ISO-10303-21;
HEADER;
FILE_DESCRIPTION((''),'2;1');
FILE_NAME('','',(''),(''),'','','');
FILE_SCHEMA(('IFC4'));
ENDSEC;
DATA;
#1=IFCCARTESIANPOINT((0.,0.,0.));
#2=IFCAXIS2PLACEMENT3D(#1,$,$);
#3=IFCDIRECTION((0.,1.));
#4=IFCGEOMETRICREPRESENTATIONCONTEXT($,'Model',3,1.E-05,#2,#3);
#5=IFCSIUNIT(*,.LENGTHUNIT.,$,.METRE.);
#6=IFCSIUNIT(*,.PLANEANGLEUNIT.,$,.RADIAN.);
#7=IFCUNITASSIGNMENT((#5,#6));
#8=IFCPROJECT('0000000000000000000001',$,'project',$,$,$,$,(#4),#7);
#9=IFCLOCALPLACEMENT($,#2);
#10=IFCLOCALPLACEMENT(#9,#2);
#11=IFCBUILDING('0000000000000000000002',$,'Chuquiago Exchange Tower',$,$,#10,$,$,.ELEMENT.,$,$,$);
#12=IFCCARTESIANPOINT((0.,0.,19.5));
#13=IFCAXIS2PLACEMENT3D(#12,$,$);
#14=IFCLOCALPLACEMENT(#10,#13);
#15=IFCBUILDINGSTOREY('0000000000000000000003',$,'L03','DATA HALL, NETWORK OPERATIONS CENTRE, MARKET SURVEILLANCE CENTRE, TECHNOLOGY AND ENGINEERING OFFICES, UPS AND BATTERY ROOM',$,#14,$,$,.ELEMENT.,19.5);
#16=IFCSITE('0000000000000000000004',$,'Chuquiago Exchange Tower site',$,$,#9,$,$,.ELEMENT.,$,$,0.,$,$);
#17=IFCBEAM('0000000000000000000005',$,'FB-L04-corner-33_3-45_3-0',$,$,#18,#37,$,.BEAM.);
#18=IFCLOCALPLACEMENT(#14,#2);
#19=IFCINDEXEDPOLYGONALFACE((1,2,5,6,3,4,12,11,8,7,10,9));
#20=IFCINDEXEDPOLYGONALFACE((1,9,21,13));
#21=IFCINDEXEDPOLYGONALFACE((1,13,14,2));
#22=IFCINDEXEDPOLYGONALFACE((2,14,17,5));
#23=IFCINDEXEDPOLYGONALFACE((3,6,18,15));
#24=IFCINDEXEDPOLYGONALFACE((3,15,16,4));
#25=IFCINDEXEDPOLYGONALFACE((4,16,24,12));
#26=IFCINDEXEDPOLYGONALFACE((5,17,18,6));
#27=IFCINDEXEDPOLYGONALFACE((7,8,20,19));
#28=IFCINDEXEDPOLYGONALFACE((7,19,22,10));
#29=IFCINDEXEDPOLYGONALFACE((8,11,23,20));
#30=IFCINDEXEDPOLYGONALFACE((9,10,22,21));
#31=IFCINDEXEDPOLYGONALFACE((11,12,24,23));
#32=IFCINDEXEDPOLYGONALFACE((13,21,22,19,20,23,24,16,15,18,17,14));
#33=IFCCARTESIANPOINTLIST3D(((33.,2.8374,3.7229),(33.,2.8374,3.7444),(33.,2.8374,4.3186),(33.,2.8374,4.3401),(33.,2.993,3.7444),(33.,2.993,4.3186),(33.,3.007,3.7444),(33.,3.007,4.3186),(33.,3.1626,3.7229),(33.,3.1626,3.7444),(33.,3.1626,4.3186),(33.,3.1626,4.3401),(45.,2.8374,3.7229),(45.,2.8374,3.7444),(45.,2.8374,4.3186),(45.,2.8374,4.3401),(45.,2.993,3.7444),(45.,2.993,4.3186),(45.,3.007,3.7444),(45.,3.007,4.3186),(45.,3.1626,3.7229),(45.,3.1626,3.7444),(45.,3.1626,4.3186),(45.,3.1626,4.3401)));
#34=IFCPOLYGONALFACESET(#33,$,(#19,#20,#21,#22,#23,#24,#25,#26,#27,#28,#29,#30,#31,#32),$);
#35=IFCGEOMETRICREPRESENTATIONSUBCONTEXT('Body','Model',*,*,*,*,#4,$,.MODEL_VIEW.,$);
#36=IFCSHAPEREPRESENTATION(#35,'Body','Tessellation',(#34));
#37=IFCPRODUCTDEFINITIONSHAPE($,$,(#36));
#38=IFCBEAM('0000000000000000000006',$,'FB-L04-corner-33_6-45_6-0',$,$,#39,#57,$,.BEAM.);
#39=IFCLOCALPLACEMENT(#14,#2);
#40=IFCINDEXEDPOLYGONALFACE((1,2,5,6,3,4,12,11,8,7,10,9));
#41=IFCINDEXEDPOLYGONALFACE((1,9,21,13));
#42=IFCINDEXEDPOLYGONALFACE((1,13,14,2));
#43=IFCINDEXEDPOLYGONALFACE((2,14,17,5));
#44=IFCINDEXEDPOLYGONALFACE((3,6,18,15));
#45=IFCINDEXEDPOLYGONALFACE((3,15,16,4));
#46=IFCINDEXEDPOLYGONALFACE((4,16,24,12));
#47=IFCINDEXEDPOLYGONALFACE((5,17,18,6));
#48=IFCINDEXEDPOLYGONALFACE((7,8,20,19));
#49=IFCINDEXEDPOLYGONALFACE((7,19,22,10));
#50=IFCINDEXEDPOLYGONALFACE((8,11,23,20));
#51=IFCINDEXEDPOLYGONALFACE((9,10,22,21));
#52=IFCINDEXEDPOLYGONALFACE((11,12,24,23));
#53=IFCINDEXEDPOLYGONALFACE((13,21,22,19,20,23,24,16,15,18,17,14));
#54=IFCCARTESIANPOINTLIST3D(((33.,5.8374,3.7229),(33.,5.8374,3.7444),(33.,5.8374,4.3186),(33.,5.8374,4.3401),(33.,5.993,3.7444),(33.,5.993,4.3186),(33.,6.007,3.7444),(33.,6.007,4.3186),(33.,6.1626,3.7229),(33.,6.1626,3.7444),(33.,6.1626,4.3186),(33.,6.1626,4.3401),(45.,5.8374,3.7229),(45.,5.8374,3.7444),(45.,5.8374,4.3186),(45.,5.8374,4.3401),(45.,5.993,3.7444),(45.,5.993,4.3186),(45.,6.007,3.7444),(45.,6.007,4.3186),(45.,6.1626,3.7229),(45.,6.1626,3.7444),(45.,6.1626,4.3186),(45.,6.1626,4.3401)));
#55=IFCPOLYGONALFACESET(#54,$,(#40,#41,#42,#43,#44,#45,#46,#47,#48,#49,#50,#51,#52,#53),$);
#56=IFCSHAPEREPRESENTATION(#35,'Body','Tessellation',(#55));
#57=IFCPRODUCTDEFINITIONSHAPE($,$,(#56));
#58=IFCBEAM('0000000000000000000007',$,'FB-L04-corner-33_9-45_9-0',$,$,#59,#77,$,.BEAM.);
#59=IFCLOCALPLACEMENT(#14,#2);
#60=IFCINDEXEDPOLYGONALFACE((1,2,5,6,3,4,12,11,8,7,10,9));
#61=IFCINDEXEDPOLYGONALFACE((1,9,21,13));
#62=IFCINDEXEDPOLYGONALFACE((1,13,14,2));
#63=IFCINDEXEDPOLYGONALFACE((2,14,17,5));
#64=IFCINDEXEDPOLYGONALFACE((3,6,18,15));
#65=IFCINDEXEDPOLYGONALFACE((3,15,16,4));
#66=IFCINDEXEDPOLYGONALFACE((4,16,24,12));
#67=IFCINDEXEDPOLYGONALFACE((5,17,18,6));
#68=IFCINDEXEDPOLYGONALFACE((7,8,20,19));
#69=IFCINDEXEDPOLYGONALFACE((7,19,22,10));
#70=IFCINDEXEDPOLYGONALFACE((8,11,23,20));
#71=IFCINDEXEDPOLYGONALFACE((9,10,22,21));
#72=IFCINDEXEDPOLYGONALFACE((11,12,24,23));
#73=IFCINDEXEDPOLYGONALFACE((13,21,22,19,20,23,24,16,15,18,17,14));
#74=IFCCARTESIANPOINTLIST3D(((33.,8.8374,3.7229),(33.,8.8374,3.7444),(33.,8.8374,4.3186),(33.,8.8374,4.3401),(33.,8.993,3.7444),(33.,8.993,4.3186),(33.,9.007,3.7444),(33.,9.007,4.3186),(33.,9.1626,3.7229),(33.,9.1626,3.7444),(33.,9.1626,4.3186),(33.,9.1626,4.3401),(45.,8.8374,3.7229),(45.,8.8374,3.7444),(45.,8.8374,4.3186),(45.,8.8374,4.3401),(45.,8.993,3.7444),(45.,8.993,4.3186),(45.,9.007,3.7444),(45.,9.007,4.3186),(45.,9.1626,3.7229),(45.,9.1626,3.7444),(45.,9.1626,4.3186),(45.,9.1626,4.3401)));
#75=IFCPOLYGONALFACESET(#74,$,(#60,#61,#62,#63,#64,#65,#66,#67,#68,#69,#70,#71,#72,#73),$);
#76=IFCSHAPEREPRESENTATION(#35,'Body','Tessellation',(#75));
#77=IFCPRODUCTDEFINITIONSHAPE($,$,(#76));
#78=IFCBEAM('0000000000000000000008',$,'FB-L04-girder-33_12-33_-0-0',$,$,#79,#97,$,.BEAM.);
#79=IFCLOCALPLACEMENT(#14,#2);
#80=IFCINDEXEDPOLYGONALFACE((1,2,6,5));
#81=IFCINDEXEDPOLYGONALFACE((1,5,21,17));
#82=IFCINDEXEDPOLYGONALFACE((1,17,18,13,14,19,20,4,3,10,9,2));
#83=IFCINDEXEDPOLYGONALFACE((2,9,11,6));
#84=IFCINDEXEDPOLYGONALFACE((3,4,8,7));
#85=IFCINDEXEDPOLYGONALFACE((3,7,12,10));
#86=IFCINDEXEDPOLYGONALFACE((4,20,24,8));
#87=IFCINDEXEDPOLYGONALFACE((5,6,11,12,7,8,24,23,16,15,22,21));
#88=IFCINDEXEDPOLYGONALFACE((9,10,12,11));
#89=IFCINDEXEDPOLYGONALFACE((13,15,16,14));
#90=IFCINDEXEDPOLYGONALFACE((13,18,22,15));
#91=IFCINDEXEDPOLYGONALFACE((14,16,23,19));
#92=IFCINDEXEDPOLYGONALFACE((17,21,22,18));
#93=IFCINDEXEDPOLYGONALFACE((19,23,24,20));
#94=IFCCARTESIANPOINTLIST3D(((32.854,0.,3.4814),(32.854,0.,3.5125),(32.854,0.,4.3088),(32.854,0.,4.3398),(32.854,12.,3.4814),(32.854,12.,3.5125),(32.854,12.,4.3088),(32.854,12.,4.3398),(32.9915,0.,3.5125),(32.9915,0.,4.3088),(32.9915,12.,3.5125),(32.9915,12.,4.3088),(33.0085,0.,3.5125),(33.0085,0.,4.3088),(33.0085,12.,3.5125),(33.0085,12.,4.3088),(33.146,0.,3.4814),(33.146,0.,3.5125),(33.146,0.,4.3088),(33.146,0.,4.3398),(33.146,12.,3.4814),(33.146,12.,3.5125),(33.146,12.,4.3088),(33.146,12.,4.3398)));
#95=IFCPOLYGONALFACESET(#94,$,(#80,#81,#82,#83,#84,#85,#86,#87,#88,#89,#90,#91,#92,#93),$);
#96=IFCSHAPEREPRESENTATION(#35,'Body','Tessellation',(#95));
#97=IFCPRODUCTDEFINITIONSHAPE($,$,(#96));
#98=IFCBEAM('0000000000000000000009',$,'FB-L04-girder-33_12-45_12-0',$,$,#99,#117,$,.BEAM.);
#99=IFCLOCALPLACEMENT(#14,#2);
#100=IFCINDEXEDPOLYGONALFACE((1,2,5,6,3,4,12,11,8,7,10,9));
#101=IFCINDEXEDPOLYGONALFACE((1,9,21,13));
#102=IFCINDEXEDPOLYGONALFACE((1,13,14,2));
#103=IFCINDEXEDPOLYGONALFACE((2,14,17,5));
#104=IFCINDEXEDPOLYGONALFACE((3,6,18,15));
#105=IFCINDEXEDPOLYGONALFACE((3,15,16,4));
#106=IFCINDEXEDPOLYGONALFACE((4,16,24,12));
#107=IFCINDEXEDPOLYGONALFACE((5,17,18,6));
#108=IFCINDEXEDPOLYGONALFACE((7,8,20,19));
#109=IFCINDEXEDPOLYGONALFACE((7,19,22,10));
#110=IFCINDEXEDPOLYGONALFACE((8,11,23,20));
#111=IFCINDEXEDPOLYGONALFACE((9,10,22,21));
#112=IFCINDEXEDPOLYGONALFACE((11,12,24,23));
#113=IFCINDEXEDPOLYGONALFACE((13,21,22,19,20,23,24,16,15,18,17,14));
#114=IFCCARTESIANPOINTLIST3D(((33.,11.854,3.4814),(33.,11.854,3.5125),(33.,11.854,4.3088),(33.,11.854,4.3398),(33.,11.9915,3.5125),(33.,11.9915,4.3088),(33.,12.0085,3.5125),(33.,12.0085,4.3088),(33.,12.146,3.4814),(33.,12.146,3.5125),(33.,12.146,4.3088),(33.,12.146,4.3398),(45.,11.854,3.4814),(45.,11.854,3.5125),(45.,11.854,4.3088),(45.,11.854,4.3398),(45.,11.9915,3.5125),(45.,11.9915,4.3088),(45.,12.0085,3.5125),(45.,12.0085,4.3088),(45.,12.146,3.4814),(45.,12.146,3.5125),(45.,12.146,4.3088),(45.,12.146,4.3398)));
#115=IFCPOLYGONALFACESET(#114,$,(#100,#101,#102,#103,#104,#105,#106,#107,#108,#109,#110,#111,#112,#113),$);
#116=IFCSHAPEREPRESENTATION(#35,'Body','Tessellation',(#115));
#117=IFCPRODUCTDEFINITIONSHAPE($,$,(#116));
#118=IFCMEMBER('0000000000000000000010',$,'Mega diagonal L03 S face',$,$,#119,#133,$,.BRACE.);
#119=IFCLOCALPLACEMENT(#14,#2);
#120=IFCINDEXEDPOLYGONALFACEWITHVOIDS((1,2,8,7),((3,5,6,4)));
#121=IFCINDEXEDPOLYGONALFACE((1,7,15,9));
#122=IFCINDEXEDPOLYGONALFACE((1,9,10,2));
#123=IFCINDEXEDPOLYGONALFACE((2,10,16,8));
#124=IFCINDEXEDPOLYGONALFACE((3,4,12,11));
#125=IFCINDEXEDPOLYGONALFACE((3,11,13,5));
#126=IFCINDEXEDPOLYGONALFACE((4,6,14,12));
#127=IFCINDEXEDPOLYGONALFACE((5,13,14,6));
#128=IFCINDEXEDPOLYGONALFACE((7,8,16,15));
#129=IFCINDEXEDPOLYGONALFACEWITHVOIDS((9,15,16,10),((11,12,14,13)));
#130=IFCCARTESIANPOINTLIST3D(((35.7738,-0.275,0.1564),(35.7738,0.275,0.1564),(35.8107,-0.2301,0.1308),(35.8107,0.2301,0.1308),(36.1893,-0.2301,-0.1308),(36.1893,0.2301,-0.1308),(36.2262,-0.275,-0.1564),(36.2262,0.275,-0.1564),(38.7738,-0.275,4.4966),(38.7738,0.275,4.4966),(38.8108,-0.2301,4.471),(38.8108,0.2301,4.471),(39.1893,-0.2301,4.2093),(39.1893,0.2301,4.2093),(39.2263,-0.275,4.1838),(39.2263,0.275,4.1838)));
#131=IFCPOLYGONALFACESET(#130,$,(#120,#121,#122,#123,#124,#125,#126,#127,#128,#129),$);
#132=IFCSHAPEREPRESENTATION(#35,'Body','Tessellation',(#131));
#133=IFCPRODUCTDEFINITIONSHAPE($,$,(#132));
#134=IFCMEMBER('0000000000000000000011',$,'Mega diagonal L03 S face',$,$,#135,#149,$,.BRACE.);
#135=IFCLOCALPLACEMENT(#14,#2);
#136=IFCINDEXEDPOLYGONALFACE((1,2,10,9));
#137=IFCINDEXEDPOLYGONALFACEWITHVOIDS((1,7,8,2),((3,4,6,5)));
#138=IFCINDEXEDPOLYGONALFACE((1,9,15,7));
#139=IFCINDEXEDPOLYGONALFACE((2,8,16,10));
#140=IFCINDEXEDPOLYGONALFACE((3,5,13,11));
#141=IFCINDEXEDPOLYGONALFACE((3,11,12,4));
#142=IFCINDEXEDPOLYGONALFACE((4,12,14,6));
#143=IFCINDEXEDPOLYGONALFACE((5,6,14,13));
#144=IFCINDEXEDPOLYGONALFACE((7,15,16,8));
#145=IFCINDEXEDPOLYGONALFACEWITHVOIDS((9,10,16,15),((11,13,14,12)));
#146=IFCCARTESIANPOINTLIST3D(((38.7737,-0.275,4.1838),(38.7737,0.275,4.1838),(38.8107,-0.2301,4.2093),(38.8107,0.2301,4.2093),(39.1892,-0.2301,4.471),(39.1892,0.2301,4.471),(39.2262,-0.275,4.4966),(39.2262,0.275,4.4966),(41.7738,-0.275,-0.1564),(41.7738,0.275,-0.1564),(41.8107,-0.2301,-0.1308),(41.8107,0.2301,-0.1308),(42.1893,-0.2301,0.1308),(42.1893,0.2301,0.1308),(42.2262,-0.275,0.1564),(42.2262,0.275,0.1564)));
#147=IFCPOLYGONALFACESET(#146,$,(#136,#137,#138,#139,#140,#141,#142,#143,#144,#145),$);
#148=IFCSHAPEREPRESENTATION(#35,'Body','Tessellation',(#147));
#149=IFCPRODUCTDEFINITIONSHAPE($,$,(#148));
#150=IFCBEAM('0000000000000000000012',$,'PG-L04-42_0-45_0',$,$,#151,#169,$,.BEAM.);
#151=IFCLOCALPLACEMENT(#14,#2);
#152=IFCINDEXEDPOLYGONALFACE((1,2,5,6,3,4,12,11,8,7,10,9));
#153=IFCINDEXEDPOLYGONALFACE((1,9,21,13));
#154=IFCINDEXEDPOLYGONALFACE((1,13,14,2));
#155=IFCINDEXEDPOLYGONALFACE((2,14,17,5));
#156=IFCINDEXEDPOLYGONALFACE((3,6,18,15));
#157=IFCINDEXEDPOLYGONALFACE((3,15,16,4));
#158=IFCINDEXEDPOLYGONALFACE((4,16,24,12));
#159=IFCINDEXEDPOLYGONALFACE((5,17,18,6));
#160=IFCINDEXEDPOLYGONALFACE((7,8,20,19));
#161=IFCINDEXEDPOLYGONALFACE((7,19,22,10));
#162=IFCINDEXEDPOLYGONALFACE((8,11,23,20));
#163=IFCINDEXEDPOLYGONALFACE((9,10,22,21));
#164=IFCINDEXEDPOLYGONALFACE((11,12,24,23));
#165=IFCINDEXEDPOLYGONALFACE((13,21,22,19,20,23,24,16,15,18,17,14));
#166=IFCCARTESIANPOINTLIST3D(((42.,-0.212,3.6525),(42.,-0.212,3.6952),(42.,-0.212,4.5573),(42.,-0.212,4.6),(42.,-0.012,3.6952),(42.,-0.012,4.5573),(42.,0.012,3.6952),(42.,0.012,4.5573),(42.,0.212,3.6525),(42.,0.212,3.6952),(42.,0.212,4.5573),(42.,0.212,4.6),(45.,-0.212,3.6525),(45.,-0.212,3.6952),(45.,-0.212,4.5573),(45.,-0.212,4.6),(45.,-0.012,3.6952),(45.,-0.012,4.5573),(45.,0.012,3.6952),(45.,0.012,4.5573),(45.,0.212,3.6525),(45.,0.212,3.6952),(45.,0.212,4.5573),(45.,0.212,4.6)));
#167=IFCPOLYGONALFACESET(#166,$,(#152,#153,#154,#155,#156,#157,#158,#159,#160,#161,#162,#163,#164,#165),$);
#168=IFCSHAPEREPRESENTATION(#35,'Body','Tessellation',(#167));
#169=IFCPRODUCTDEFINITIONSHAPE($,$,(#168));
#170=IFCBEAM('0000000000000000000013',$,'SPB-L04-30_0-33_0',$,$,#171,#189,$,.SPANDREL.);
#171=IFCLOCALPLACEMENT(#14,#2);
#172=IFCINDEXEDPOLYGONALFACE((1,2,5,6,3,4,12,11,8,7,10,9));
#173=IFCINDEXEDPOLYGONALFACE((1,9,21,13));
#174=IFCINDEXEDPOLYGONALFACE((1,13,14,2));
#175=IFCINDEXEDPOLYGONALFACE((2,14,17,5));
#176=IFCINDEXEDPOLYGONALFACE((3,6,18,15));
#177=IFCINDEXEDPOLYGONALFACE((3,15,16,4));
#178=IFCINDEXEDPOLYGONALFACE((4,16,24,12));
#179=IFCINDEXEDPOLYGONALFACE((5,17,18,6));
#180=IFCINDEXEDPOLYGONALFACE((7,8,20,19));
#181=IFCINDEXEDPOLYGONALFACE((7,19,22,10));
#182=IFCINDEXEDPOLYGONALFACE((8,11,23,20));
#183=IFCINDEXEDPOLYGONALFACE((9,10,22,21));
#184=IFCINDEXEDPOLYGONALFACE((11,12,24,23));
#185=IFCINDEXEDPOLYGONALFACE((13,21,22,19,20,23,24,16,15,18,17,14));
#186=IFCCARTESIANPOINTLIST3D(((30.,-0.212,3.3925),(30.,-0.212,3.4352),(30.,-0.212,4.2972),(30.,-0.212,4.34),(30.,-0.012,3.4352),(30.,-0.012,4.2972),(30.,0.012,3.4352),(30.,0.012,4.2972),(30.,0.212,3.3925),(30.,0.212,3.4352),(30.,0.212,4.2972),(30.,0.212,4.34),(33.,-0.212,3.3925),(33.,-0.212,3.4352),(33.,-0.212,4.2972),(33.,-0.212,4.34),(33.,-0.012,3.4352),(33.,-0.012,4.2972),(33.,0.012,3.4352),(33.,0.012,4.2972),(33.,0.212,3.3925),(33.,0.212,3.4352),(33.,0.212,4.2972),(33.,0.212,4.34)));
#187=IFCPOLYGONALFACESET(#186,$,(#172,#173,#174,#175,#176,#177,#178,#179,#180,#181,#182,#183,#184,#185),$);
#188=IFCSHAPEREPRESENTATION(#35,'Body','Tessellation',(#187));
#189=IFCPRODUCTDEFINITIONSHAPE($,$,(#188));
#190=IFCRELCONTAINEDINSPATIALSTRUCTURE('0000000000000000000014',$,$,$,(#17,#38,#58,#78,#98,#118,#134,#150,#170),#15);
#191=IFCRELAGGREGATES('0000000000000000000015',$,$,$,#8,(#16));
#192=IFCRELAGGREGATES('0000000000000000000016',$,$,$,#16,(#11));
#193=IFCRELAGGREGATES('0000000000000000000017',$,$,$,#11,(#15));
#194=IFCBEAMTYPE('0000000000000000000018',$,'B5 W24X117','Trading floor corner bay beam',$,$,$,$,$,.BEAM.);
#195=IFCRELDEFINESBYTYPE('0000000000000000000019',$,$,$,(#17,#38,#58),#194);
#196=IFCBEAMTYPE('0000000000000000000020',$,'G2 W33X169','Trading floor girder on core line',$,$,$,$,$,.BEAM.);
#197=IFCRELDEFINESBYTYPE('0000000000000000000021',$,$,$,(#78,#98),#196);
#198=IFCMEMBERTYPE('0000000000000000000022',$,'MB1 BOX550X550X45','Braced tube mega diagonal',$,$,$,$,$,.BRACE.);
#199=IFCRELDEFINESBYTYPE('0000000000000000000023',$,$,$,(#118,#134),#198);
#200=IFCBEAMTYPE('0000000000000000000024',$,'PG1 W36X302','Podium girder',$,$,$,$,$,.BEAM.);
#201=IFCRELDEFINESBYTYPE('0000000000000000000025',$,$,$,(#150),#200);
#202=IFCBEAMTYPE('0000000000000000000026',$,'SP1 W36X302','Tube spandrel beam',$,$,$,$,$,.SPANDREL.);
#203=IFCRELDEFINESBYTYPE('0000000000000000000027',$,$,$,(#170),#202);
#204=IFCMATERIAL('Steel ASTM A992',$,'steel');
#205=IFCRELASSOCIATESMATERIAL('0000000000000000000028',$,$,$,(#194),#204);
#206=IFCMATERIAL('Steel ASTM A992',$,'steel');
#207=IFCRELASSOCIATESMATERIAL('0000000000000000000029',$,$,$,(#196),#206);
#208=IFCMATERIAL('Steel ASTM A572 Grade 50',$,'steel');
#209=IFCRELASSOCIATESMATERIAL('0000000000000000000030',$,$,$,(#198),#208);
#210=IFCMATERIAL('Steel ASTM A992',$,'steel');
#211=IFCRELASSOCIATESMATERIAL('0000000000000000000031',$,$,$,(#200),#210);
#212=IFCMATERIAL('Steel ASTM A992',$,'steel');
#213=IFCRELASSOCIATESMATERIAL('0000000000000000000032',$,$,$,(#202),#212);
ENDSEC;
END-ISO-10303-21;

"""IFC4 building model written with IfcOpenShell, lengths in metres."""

from ifc_helpers import new_model, si_unit, direction, frame, origin, origin_2d, place, context, subcontext, project, spatial, hollow_rectangle, i_section, extrude, material, material_profile, profile_set, type_object, element, save


model = new_model("IFC4")

# Units and contexts
model_context = context("Model", 3, precision=1e-05, world=origin(), true_north=direction((0.0, 1.0)))
body_context = subcontext(model_context, "Body", "Model", "MODEL_VIEW")
ifc_project = project(units=[si_unit("LENGTHUNIT", "METRE"), si_unit("PLANEANGLEUNIT", "RADIAN")], contexts=[model_context])

# Site, building, storey
site_placement = place(None, origin())
site = spatial("IfcSite", under=ifc_project, at=site_placement, Name="Chuquiago Exchange Tower site", CompositionType="ELEMENT", RefElevation=0.0)
building_placement = place(site_placement, origin())
building = spatial("IfcBuilding", under=site, at=building_placement, Name="Chuquiago Exchange Tower", CompositionType="ELEMENT")
storey_placement = place(building_placement, frame((0.0, 0.0, 19.5)))
storey = spatial("IfcBuildingStorey", under=building, at=storey_placement, Name="L03", Description="DATA HALL, NETWORK OPERATIONS CENTRE, MARKET SURVEILLANCE CENTRE, TECHNOLOGY AND ENGINEERING OFFICES, UPS AND BATTERY ROOM", CompositionType="ELEMENT", Elevation=19.5)

# Beams
ifc_material_1 = material(Name="Steel ASTM A992", Category="steel")
ifc_material_profile_1 = material_profile(ifc_material_1, i_section(OverallWidth=0.3252, OverallDepth=0.6172, WebThickness=0.0139, FlangeThickness=0.0215, at=origin_2d()), Name="W24X117")
ifc_profile_set_1 = profile_set([ifc_material_profile_1], Name="Steel ASTM A992")
beam_type_1 = type_object("IfcBeamType", Name="B5 W24X117", Description="Trading floor corner bay beam", PredefinedType="BEAM", material=ifc_profile_set_1)
for number, where, z_axis, x_axis, name in (
    (1, (33.0, 3.0, 4.0315), (1.0, 0.0, 0.0), (0.0, 1.0, 0.0), "FB-L04-corner-33_3-45_3-0"),
    (2, (33.0, 6.0, 4.0315), (1.0, 0.0, 0.0), (0.0, 1.0, 0.0), "FB-L04-corner-33_6-45_6-0"),
    (3, (33.0, 9.0, 4.0315), (1.0, 0.0, 0.0), (0.0, 1.0, 0.0), "FB-L04-corner-33_9-45_9-0"),
):
    element("IfcBeam", number, at=place(storey_placement, frame(where, z_axis=z_axis, x_axis=x_axis)), inside=storey, type_object=beam_type_1, Name=name, PredefinedType="BEAM", context=body_context, shape_type="SweptSolid", body=[
        extrude(i_section(OverallWidth=0.3252, OverallDepth=0.6172, WebThickness=0.0139, FlangeThickness=0.0215, at=origin_2d()), origin(), (0.0, 0.0, 1.0), 12.0),
    ])
ifc_material_2 = material(Name="Steel ASTM A992", Category="steel")
ifc_material_profile_2 = material_profile(ifc_material_2, i_section(OverallWidth=0.292, OverallDepth=0.8584, WebThickness=0.0171, FlangeThickness=0.031, at=origin_2d()), Name="W33X169")
ifc_profile_set_2 = profile_set([ifc_material_profile_2], Name="Steel ASTM A992")
beam_type_2 = type_object("IfcBeamType", Name="G2 W33X169", Description="Trading floor girder on core line", PredefinedType="BEAM", material=ifc_profile_set_2)
for number, where, z_axis, x_axis, name in (
    (4, (33.0, 12.0, 3.9106), (0.0, -1.0, 0.0), (1.0, 0.0, 0.0), "FB-L04-girder-33_12-33_-0-0"),
    (5, (33.0, 12.0, 3.9106), (1.0, 0.0, 0.0), (0.0, 1.0, 0.0), "FB-L04-girder-33_12-45_12-0"),
):
    element("IfcBeam", number, at=place(storey_placement, frame(where, z_axis=z_axis, x_axis=x_axis)), inside=storey, type_object=beam_type_2, Name=name, PredefinedType="BEAM", context=body_context, shape_type="SweptSolid", body=[
        extrude(i_section(OverallWidth=0.292, OverallDepth=0.8584, WebThickness=0.0171, FlangeThickness=0.031, at=origin_2d()), origin(), (0.0, 0.0, 1.0), 12.0),
    ])

# Members
ifc_material_3 = material(Name="Steel ASTM A572 Grade 50", Category="steel")
ifc_material_profile_3 = material_profile(ifc_material_3, hollow_rectangle(XDim=0.55, YDim=0.55, WallThickness=0.0449, at=origin_2d()), Name="BOX550X550X45")
ifc_profile_set_3 = profile_set([ifc_material_profile_3], Name="Steel ASTM A572 Grade 50")
member_type = type_object("IfcMemberType", Name="MB1 BOX550X550X45", Description="Braced tube mega diagonal", PredefinedType="BRACE", material=ifc_profile_set_3)
for number, where, z_axis, x_axis, name in (
    (6, (36.0, 0.0, 0.0), (0.568611, 0.0, 0.822607), (0.0, 1.0, 0.0), "Mega diagonal L03 S face"),
    (7, (42.0, 0.0, 0.0), (-0.568611, 0.0, 0.822607), (0.0, -1.0, 0.0), "Mega diagonal L03 S face"),
):
    element("IfcMember", number, at=place(storey_placement, frame(where, z_axis=z_axis, x_axis=x_axis)), inside=storey, type_object=member_type, Name=name, PredefinedType="BRACE", context=body_context, shape_type="SweptSolid", body=[
        extrude(hollow_rectangle(XDim=0.55, YDim=0.55, WallThickness=0.0449, at=origin_2d()), origin(), (0.0, 0.0, 1.0), 5.2761),
    ])

# Beams
ifc_material_4 = material(Name="Steel ASTM A992", Category="steel")
ifc_material_profile_4 = material_profile(ifc_material_4, i_section(OverallWidth=0.4241, OverallDepth=0.9475, WebThickness=0.0239, FlangeThickness=0.0427, at=origin_2d()), Name="W36X302")
ifc_profile_set_4 = profile_set([ifc_material_profile_4], Name="Steel ASTM A992")
beam_type_3 = type_object("IfcBeamType", Name="PG1 W36X302", Description="Podium girder", PredefinedType="BEAM", material=ifc_profile_set_4)
beam_1_placement = place(storey_placement, frame((42.0, 0.0, 4.1262), z_axis=(1.0, 0.0, 0.0), x_axis=(0.0, 1.0, 0.0)))
element("IfcBeam", 8, at=beam_1_placement, inside=storey, type_object=beam_type_3, Name="PG-L04-42_0-45_0", PredefinedType="BEAM", context=body_context, shape_type="SweptSolid", body=[
    extrude(i_section(OverallWidth=0.4241, OverallDepth=0.9475, WebThickness=0.0239, FlangeThickness=0.0427, at=origin_2d()), origin(), (0.0, 0.0, 1.0), 3.0),
])
ifc_material_5 = material(Name="Steel ASTM A992", Category="steel")
ifc_material_profile_5 = material_profile(ifc_material_5, i_section(OverallWidth=0.4241, OverallDepth=0.9475, WebThickness=0.0239, FlangeThickness=0.0427, at=origin_2d()), Name="W36X302")
ifc_profile_set_5 = profile_set([ifc_material_profile_5], Name="Steel ASTM A992")
beam_type_4 = type_object("IfcBeamType", Name="SP1 W36X302", Description="Tube spandrel beam", PredefinedType="SPANDREL", material=ifc_profile_set_5)
for number, where, z_axis, x_axis, name in (
    (9, (30.0, 0.0, 3.8662), (1.0, 0.0, 0.0), (0.0, 1.0, 0.0), "SPB-L04-30_0-33_0"),
):
    element("IfcBeam", number, at=place(storey_placement, frame(where, z_axis=z_axis, x_axis=x_axis)), inside=storey, type_object=beam_type_4, Name=name, PredefinedType="SPANDREL", context=body_context, shape_type="SweptSolid", body=[
        extrude(i_section(OverallWidth=0.4241, OverallDepth=0.9475, WebThickness=0.0239, FlangeThickness=0.0427, at=origin_2d()), origin(), (0.0, 0.0, 1.0), 3.0),
    ])

save(model, "model.ifc")
